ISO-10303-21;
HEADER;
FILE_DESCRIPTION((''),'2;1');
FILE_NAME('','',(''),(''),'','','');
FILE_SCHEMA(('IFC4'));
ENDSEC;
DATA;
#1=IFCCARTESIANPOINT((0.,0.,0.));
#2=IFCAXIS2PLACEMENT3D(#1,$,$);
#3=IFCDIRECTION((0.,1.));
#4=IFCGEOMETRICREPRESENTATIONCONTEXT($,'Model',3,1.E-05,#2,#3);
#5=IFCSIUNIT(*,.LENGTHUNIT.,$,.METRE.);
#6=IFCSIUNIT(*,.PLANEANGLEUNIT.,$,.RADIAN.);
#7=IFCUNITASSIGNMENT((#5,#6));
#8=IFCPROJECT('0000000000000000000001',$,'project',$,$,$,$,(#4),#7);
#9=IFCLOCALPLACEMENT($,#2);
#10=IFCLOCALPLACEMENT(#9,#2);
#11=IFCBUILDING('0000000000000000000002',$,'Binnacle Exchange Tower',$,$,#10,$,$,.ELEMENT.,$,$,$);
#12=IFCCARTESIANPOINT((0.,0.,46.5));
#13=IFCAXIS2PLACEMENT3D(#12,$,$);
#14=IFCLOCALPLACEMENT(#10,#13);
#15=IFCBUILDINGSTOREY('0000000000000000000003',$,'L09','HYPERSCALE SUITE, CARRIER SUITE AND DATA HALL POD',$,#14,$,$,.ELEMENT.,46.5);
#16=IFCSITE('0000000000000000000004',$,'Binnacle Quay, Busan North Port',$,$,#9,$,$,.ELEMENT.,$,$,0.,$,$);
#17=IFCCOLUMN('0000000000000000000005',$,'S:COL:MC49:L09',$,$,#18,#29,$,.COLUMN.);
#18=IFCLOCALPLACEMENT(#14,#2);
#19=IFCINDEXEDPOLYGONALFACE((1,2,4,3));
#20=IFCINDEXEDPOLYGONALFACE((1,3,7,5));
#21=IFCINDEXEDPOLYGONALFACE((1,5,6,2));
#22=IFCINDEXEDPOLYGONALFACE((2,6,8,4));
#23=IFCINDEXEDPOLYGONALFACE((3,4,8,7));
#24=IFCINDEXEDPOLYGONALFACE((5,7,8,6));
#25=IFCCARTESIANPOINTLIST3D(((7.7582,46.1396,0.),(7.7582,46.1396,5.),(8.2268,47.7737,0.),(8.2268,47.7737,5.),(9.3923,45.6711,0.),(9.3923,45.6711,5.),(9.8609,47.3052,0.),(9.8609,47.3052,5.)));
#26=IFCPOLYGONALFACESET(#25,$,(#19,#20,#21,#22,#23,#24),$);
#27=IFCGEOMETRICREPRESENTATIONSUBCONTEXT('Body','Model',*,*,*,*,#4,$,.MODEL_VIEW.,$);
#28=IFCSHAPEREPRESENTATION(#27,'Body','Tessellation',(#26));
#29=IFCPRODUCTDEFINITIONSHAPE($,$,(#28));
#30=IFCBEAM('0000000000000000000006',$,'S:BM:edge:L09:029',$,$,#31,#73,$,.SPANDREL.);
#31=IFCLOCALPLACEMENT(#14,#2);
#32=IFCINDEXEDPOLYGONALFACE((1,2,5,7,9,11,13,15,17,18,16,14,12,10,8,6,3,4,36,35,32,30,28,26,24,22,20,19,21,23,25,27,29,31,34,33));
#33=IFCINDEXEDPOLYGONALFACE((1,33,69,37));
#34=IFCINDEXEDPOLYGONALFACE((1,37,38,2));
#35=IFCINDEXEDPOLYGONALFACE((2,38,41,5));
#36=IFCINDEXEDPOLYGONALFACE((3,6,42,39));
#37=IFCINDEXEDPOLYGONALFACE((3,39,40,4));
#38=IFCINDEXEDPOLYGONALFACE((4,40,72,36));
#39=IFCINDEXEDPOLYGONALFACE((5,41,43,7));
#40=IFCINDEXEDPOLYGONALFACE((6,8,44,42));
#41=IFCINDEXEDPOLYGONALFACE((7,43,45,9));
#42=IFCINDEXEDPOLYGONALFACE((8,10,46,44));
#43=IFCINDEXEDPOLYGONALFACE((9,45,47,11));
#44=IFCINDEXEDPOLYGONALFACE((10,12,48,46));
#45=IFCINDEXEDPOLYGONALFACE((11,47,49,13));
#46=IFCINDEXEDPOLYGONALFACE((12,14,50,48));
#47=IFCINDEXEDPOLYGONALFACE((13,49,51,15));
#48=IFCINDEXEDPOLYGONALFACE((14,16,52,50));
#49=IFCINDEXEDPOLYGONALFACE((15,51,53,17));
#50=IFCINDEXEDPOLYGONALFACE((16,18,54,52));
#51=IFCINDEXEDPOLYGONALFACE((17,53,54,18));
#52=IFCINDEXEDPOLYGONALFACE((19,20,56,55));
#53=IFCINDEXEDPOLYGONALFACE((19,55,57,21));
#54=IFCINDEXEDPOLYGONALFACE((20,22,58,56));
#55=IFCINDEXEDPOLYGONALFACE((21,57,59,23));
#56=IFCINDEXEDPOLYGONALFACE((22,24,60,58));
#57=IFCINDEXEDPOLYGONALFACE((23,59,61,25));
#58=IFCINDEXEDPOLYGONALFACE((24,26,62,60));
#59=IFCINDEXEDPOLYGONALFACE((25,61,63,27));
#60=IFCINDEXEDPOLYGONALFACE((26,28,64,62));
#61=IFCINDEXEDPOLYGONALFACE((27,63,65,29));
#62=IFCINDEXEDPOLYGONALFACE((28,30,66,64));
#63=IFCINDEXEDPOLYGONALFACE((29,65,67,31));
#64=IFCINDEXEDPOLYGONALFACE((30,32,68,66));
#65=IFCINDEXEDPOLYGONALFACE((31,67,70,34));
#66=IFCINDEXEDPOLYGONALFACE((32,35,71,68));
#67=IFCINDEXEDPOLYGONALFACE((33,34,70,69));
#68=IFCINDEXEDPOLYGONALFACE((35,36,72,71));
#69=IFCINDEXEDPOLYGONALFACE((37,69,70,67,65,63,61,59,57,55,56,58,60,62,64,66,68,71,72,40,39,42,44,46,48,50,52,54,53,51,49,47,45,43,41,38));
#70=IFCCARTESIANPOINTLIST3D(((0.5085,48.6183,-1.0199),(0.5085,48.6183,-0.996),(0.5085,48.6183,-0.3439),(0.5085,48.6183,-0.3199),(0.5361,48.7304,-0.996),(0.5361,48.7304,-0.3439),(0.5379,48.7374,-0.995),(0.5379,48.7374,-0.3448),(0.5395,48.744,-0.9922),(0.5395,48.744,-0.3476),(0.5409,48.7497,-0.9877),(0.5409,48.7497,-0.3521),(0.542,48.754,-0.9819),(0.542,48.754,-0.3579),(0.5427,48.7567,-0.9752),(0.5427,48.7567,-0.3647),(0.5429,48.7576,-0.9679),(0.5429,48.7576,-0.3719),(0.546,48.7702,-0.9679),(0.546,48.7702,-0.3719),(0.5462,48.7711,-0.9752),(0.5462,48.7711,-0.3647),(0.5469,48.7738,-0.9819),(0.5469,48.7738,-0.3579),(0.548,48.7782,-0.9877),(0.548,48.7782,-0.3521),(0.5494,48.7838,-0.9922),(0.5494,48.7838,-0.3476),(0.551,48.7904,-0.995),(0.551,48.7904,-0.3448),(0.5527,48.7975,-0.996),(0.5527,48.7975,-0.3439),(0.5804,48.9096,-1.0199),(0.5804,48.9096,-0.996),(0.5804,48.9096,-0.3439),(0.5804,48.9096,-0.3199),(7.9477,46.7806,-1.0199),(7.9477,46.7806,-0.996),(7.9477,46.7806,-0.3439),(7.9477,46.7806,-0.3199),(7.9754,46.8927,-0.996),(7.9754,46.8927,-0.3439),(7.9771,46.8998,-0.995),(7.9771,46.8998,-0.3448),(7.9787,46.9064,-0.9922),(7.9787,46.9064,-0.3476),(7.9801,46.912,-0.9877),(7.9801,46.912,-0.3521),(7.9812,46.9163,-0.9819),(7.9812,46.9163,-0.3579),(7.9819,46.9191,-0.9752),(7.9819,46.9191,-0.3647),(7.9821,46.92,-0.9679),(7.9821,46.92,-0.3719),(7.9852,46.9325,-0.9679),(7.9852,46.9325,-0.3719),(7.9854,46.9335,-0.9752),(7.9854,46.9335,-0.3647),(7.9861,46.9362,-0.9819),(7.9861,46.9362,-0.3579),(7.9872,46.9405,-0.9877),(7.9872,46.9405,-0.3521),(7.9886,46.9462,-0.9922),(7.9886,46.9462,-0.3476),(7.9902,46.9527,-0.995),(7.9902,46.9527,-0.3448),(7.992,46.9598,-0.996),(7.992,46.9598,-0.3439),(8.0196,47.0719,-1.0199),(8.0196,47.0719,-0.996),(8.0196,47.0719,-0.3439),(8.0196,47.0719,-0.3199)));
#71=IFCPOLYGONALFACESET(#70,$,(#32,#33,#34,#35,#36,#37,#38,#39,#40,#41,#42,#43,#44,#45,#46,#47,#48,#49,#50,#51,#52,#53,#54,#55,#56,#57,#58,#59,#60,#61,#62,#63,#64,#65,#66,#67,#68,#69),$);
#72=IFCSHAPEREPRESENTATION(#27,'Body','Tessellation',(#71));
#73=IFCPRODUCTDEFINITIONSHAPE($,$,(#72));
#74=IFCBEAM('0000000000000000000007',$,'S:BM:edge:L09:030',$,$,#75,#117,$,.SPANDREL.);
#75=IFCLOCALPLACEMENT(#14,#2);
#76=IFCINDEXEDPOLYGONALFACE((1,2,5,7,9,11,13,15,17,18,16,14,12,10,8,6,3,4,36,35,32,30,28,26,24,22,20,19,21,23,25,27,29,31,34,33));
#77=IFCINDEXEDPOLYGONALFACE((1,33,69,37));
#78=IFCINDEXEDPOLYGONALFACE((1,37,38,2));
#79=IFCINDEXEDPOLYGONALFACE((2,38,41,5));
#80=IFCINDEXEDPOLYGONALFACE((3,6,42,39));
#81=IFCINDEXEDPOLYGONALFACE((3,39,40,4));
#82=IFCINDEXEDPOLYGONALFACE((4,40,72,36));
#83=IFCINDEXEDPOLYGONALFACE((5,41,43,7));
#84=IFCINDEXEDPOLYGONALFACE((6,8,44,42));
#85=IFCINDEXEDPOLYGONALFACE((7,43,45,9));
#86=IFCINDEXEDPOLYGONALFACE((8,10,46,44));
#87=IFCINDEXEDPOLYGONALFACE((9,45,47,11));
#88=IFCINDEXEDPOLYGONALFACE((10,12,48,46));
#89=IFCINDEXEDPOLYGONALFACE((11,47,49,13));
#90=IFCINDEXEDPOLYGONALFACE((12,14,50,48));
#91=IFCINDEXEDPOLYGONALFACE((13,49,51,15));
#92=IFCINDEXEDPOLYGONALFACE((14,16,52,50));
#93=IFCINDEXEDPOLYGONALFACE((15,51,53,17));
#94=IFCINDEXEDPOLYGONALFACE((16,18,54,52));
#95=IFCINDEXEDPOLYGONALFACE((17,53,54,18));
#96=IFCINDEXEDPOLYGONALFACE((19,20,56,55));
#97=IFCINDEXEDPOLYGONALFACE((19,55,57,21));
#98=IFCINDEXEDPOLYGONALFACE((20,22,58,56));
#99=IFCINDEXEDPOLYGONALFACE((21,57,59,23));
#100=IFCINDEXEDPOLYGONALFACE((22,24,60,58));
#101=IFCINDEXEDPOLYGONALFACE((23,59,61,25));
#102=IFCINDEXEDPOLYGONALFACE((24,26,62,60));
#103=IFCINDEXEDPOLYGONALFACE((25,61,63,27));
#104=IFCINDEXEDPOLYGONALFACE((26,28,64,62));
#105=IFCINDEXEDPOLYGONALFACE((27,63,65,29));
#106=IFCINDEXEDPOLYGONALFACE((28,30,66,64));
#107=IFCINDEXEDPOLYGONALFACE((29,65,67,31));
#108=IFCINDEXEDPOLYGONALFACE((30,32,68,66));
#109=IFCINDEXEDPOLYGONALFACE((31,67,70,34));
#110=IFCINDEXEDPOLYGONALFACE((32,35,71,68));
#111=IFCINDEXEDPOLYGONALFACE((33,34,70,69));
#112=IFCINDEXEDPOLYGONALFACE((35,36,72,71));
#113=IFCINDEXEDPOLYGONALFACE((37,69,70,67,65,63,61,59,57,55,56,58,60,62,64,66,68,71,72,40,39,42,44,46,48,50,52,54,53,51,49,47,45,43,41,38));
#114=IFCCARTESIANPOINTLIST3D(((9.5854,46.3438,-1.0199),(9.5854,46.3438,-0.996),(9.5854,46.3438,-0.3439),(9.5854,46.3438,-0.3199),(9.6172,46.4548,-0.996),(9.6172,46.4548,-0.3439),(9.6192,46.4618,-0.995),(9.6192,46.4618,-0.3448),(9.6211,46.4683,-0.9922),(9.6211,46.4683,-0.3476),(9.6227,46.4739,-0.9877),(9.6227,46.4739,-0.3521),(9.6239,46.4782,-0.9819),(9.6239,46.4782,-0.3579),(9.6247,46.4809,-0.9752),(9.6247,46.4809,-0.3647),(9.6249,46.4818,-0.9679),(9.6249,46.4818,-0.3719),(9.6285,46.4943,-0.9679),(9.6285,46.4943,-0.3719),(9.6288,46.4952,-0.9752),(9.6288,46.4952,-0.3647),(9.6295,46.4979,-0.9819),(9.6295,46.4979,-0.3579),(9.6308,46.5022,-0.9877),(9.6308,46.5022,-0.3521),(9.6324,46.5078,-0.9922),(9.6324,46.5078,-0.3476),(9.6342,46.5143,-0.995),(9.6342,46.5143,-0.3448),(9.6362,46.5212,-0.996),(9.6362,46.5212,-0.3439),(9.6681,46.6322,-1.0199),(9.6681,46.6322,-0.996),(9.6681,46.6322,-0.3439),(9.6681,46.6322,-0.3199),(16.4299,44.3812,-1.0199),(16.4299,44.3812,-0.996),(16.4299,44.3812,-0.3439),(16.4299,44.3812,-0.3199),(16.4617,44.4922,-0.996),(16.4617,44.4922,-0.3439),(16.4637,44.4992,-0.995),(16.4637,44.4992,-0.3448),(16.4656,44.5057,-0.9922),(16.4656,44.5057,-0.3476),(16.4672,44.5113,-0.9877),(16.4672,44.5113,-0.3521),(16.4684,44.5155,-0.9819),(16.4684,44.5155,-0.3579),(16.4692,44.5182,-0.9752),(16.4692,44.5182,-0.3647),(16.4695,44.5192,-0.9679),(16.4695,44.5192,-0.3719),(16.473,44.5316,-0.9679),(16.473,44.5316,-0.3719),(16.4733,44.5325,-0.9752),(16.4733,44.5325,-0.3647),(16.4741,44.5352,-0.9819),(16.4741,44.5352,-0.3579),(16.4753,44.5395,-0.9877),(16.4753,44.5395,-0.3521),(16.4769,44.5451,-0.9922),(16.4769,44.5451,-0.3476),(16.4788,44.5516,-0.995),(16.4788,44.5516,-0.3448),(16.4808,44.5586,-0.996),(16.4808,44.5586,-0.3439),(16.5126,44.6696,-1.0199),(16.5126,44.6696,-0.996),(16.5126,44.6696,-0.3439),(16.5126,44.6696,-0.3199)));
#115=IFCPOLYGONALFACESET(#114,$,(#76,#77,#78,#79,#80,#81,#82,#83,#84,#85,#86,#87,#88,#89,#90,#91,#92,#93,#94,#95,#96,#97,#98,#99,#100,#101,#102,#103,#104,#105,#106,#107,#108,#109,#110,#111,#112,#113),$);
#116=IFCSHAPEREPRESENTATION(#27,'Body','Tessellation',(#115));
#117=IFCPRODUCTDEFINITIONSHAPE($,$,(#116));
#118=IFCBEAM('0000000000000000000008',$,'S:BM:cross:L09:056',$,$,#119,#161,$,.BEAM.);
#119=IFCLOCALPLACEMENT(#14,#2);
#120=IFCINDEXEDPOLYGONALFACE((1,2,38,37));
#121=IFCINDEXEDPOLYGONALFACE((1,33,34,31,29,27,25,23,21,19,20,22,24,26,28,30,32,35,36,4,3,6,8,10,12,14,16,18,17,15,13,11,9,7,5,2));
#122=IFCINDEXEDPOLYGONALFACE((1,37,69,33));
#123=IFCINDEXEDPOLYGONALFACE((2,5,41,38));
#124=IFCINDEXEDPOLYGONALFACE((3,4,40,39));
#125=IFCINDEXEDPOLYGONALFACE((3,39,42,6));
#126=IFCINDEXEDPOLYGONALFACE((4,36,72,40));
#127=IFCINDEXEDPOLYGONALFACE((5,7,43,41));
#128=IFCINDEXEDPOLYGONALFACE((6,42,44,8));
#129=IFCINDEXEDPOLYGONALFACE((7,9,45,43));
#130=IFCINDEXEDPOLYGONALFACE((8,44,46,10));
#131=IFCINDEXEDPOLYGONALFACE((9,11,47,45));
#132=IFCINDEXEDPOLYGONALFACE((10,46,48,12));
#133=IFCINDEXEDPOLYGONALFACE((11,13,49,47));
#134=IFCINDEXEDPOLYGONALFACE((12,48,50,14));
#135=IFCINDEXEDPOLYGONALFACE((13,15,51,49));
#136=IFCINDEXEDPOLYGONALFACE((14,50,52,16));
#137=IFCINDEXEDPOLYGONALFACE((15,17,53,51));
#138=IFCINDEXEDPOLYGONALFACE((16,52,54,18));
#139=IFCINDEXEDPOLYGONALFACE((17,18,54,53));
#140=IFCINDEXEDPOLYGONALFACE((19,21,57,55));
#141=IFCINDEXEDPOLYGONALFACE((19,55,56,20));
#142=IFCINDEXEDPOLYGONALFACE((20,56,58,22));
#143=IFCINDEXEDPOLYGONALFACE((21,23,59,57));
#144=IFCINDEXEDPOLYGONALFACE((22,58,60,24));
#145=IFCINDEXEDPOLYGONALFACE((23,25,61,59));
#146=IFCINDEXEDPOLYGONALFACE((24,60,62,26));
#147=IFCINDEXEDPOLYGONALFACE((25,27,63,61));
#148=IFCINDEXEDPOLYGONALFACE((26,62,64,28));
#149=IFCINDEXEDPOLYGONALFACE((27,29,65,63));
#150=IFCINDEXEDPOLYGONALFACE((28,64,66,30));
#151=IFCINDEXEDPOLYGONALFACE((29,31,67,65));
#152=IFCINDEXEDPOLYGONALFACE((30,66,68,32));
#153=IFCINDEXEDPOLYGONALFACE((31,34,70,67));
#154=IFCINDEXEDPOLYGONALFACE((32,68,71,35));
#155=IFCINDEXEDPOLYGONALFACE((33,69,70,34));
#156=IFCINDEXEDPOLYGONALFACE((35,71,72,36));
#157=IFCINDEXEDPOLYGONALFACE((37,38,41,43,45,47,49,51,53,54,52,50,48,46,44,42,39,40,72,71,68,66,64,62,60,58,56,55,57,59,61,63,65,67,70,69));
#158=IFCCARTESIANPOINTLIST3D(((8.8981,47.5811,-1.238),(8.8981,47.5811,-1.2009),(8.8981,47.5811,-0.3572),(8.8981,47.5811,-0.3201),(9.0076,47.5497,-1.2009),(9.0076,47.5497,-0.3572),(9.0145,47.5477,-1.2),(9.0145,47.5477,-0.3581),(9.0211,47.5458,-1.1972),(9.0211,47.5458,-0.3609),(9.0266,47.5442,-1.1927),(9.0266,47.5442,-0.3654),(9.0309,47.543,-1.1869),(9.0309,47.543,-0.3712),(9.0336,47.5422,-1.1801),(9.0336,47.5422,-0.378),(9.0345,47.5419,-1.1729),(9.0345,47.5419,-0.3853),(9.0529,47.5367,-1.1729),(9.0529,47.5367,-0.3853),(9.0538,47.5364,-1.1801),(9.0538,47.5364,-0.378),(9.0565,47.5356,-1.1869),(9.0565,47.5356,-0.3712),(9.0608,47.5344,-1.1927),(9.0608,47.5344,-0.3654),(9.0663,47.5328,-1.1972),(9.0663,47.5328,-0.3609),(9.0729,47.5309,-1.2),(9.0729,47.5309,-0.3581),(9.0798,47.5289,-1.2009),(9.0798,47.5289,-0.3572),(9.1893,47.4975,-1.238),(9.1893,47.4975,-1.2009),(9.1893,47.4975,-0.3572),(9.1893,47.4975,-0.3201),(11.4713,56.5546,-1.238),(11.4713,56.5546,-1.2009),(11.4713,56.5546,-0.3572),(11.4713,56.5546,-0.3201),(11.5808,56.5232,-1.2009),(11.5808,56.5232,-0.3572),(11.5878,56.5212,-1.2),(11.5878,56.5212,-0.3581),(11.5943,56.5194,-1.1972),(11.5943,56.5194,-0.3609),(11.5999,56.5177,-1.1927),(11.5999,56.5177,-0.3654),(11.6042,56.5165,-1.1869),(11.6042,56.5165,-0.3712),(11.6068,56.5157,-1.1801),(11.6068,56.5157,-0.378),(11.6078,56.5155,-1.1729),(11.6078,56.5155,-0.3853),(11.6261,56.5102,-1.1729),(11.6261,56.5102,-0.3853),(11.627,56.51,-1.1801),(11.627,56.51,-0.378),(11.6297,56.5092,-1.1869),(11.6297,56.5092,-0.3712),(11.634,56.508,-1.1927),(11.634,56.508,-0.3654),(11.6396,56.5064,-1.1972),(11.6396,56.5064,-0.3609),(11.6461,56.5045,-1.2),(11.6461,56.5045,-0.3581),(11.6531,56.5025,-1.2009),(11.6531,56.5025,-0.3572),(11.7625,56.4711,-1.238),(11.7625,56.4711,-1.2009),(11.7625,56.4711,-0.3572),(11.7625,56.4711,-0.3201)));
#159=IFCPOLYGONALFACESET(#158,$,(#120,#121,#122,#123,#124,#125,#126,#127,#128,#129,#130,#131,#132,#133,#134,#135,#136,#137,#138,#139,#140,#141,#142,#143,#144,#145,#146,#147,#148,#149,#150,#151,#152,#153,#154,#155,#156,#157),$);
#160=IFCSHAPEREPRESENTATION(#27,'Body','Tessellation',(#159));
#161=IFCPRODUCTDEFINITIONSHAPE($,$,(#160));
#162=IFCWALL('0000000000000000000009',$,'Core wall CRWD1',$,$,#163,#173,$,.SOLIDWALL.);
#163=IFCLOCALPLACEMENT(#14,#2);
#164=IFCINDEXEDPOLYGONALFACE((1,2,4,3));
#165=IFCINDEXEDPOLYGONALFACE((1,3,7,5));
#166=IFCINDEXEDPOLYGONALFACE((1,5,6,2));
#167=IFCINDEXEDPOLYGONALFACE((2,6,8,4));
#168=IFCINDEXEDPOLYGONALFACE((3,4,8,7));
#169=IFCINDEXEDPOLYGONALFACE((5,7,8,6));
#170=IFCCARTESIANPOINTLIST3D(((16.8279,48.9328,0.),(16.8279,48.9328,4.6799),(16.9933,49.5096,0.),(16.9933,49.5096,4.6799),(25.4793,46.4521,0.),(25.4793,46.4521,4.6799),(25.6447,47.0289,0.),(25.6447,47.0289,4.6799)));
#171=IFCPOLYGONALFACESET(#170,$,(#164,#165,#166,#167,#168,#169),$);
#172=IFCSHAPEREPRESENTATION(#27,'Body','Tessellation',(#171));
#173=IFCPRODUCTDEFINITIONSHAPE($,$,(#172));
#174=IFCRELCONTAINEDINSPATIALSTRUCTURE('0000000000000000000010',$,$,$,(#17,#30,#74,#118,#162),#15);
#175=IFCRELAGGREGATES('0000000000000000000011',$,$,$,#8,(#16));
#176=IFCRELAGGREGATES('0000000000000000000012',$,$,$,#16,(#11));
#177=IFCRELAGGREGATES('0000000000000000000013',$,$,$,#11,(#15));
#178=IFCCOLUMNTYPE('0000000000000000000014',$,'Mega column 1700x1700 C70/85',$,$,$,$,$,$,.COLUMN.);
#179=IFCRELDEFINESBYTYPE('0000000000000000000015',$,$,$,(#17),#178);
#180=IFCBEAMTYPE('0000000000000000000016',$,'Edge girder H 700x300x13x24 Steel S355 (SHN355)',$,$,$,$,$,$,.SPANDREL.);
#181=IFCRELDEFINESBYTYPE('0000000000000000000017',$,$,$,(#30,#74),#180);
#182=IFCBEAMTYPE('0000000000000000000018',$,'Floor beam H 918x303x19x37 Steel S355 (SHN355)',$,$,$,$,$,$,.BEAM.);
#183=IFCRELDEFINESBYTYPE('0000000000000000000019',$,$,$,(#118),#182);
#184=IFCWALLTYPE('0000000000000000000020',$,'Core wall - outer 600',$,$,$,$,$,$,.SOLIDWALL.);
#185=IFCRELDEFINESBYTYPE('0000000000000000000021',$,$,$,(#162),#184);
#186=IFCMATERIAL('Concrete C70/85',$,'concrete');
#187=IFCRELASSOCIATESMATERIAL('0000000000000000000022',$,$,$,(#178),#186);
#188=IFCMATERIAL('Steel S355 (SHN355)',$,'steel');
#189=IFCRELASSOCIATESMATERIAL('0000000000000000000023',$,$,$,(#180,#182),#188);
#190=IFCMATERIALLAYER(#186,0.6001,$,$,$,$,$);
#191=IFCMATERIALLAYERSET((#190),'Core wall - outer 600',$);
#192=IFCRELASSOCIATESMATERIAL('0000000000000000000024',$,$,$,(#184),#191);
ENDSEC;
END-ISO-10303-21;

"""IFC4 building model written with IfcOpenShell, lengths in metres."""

from ifc_helpers import new_model, si_unit, direction, frame, frame_2d, origin, origin_2d, place, context, subcontext, project, spatial, rectangle, i_section, extrude, material, layer, layer_set, material_profile, profile_set, type_object, element, save


model = new_model("IFC4")

# Units and contexts
model_context = context("Model", 3, precision=1e-05, world=origin(), true_north=direction((0.0, 1.0)))
body_context = subcontext(model_context, "Body", "Model", "MODEL_VIEW")
ifc_project = project(units=[si_unit("LENGTHUNIT", "METRE"), si_unit("PLANEANGLEUNIT", "RADIAN")], contexts=[model_context])

# Site, building, storey
site_placement = place(None, origin())
site = spatial("IfcSite", under=ifc_project, at=site_placement, Name="Binnacle Quay, Busan North Port", CompositionType="ELEMENT", RefElevation=0.0)
building_placement = place(site_placement, origin())
building = spatial("IfcBuilding", under=site, at=building_placement, Name="Binnacle Exchange Tower", CompositionType="ELEMENT")
storey_placement = place(building_placement, frame((0.0, 0.0, 46.5)))
storey = spatial("IfcBuildingStorey", under=building, at=storey_placement, Name="L09", Description="HYPERSCALE SUITE, CARRIER SUITE AND DATA HALL POD", CompositionType="ELEMENT", Elevation=46.5)

# Column
ifc_material_1 = material(Name="Concrete C70/85", Category="concrete")
ifc_material_profile_1 = material_profile(ifc_material_1, rectangle(XDim=1.7, YDim=1.7, at=origin_2d()), Name="Mega column 1700x1700 C70/85")
ifc_profile_set_1 = profile_set([ifc_material_profile_1], Name="Concrete C70/85")
column_type = type_object("IfcColumnType", Name="Mega column 1700x1700 C70/85", PredefinedType="COLUMN", material=ifc_profile_set_1)
column_placement = place(storey_placement, frame((8.8096, 46.7224, 0.0), z_axis=(0.0, 0.0, 1.0), x_axis=(0.961262, -0.275637, 0.0)))
element("IfcColumn", 1, at=column_placement, inside=storey, type_object=column_type, Name="S:COL:MC49:L09", PredefinedType="COLUMN", context=body_context, shape_type="SweptSolid", body=[
    extrude(rectangle(XDim=1.7, YDim=1.7, at=origin_2d()), origin(), (0.0, 0.0, 1.0), 5.0),
])

# Beams
ifc_material_2 = material(Name="Steel S355 (SHN355)", Category="steel")
ifc_material_profile_2 = material_profile(ifc_material_2, i_section(OverallWidth=0.3, OverallDepth=0.7, WebThickness=0.0129, FlangeThickness=0.0239, FilletRadius=0.0281, at=origin_2d()), Name="H 700x300x13x24")
ifc_profile_set_2 = profile_set([ifc_material_profile_2], Name="Steel S355 (SHN355)")
beam_type_1 = type_object("IfcBeamType", Name="Edge girder H 700x300x13x24 Steel S355 (SHN355)", PredefinedType="SPANDREL", material=ifc_profile_set_2)
beam_1_placement = place(storey_placement, frame((0.5444, 48.7639, -0.6699), z_axis=(0.970819, -0.239813, 0.0), x_axis=(0.239813, 0.970819, 0.0)))
element("IfcBeam", 2, at=beam_1_placement, inside=storey, type_object=beam_type_1, Name="S:BM:edge:L09:029", PredefinedType="SPANDREL", context=body_context, shape_type="SweptSolid", body=[
    extrude(i_section(OverallWidth=0.3, OverallDepth=0.7, WebThickness=0.0129, FlangeThickness=0.0239, FilletRadius=0.0281, at=origin_2d()), origin(), (0.0, 0.0, 1.0), 7.6628),
])
beam_2_placement = place(storey_placement, frame((9.6267, 46.488, -0.6699), z_axis=(0.961261, -0.27564, 0.0), x_axis=(0.27564, 0.961261, 0.0)))
element("IfcBeam", 3, at=beam_2_placement, inside=storey, type_object=beam_type_1, Name="S:BM:edge:L09:030", PredefinedType="SPANDREL", context=body_context, shape_type="SweptSolid", body=[
    extrude(i_section(OverallWidth=0.3, OverallDepth=0.7, WebThickness=0.0129, FlangeThickness=0.0239, FilletRadius=0.0281, at=origin_2d()), origin(), (0.0, 0.0, 1.0), 7.1204),
])
ifc_material_profile_3 = material_profile(ifc_material_2, i_section(OverallWidth=0.303, OverallDepth=0.918, WebThickness=0.019, FlangeThickness=0.0371, FilletRadius=0.0281, at=origin_2d()), Name="H 918x303x19x37")
ifc_profile_set_3 = profile_set([ifc_material_profile_3], Name="Steel S355 (SHN355)")
beam_type_2 = type_object("IfcBeamType", Name="Floor beam H 918x303x19x37 Steel S355 (SHN355)", PredefinedType="BEAM", material=ifc_profile_set_3)
beam_3_placement = place(storey_placement, frame((9.0437, 47.5393, -0.7791), z_axis=(0.275647, 0.961259, 0.0), x_axis=(-0.961259, 0.275647, 0.0)))
element("IfcBeam", 4, at=beam_3_placement, inside=storey, type_object=beam_type_2, Name="S:BM:cross:L09:056", PredefinedType="BEAM", context=body_context, shape_type="SweptSolid", body=[
    extrude(i_section(OverallWidth=0.303, OverallDepth=0.918, WebThickness=0.019, FlangeThickness=0.0371, FilletRadius=0.0281, at=origin_2d()), origin(), (0.0, 0.0, 1.0), 9.3352),
])

# Wall
ifc_layer_1 = layer(ifc_material_1, 0.6001)
ifc_layer_set_1 = layer_set([ifc_layer_1], Name="Core wall - outer 600")
wall_type_1 = type_object("IfcWallType", Name="Core wall - outer 600", PredefinedType="SOLIDWALL", material=ifc_layer_set_1)
wall_1_placement = place(storey_placement, frame((16.9106, 49.2212, 0.0), z_axis=(0.0, 0.0, 1.0), x_axis=(0.961262, -0.275635, 0.0)))
element("IfcWall", 5, at=wall_1_placement, inside=storey, type_object=wall_type_1, Name="Core wall CRWD1", PredefinedType="SOLIDWALL", context=body_context, shape_type="SweptSolid", body=[
    extrude(rectangle(XDim=9.0, YDim=0.6001, at=frame_2d((4.5, 0.0))), origin(), (0.0, 0.0, 1.0), 4.6799),
])

save(model, "model.ifc")
